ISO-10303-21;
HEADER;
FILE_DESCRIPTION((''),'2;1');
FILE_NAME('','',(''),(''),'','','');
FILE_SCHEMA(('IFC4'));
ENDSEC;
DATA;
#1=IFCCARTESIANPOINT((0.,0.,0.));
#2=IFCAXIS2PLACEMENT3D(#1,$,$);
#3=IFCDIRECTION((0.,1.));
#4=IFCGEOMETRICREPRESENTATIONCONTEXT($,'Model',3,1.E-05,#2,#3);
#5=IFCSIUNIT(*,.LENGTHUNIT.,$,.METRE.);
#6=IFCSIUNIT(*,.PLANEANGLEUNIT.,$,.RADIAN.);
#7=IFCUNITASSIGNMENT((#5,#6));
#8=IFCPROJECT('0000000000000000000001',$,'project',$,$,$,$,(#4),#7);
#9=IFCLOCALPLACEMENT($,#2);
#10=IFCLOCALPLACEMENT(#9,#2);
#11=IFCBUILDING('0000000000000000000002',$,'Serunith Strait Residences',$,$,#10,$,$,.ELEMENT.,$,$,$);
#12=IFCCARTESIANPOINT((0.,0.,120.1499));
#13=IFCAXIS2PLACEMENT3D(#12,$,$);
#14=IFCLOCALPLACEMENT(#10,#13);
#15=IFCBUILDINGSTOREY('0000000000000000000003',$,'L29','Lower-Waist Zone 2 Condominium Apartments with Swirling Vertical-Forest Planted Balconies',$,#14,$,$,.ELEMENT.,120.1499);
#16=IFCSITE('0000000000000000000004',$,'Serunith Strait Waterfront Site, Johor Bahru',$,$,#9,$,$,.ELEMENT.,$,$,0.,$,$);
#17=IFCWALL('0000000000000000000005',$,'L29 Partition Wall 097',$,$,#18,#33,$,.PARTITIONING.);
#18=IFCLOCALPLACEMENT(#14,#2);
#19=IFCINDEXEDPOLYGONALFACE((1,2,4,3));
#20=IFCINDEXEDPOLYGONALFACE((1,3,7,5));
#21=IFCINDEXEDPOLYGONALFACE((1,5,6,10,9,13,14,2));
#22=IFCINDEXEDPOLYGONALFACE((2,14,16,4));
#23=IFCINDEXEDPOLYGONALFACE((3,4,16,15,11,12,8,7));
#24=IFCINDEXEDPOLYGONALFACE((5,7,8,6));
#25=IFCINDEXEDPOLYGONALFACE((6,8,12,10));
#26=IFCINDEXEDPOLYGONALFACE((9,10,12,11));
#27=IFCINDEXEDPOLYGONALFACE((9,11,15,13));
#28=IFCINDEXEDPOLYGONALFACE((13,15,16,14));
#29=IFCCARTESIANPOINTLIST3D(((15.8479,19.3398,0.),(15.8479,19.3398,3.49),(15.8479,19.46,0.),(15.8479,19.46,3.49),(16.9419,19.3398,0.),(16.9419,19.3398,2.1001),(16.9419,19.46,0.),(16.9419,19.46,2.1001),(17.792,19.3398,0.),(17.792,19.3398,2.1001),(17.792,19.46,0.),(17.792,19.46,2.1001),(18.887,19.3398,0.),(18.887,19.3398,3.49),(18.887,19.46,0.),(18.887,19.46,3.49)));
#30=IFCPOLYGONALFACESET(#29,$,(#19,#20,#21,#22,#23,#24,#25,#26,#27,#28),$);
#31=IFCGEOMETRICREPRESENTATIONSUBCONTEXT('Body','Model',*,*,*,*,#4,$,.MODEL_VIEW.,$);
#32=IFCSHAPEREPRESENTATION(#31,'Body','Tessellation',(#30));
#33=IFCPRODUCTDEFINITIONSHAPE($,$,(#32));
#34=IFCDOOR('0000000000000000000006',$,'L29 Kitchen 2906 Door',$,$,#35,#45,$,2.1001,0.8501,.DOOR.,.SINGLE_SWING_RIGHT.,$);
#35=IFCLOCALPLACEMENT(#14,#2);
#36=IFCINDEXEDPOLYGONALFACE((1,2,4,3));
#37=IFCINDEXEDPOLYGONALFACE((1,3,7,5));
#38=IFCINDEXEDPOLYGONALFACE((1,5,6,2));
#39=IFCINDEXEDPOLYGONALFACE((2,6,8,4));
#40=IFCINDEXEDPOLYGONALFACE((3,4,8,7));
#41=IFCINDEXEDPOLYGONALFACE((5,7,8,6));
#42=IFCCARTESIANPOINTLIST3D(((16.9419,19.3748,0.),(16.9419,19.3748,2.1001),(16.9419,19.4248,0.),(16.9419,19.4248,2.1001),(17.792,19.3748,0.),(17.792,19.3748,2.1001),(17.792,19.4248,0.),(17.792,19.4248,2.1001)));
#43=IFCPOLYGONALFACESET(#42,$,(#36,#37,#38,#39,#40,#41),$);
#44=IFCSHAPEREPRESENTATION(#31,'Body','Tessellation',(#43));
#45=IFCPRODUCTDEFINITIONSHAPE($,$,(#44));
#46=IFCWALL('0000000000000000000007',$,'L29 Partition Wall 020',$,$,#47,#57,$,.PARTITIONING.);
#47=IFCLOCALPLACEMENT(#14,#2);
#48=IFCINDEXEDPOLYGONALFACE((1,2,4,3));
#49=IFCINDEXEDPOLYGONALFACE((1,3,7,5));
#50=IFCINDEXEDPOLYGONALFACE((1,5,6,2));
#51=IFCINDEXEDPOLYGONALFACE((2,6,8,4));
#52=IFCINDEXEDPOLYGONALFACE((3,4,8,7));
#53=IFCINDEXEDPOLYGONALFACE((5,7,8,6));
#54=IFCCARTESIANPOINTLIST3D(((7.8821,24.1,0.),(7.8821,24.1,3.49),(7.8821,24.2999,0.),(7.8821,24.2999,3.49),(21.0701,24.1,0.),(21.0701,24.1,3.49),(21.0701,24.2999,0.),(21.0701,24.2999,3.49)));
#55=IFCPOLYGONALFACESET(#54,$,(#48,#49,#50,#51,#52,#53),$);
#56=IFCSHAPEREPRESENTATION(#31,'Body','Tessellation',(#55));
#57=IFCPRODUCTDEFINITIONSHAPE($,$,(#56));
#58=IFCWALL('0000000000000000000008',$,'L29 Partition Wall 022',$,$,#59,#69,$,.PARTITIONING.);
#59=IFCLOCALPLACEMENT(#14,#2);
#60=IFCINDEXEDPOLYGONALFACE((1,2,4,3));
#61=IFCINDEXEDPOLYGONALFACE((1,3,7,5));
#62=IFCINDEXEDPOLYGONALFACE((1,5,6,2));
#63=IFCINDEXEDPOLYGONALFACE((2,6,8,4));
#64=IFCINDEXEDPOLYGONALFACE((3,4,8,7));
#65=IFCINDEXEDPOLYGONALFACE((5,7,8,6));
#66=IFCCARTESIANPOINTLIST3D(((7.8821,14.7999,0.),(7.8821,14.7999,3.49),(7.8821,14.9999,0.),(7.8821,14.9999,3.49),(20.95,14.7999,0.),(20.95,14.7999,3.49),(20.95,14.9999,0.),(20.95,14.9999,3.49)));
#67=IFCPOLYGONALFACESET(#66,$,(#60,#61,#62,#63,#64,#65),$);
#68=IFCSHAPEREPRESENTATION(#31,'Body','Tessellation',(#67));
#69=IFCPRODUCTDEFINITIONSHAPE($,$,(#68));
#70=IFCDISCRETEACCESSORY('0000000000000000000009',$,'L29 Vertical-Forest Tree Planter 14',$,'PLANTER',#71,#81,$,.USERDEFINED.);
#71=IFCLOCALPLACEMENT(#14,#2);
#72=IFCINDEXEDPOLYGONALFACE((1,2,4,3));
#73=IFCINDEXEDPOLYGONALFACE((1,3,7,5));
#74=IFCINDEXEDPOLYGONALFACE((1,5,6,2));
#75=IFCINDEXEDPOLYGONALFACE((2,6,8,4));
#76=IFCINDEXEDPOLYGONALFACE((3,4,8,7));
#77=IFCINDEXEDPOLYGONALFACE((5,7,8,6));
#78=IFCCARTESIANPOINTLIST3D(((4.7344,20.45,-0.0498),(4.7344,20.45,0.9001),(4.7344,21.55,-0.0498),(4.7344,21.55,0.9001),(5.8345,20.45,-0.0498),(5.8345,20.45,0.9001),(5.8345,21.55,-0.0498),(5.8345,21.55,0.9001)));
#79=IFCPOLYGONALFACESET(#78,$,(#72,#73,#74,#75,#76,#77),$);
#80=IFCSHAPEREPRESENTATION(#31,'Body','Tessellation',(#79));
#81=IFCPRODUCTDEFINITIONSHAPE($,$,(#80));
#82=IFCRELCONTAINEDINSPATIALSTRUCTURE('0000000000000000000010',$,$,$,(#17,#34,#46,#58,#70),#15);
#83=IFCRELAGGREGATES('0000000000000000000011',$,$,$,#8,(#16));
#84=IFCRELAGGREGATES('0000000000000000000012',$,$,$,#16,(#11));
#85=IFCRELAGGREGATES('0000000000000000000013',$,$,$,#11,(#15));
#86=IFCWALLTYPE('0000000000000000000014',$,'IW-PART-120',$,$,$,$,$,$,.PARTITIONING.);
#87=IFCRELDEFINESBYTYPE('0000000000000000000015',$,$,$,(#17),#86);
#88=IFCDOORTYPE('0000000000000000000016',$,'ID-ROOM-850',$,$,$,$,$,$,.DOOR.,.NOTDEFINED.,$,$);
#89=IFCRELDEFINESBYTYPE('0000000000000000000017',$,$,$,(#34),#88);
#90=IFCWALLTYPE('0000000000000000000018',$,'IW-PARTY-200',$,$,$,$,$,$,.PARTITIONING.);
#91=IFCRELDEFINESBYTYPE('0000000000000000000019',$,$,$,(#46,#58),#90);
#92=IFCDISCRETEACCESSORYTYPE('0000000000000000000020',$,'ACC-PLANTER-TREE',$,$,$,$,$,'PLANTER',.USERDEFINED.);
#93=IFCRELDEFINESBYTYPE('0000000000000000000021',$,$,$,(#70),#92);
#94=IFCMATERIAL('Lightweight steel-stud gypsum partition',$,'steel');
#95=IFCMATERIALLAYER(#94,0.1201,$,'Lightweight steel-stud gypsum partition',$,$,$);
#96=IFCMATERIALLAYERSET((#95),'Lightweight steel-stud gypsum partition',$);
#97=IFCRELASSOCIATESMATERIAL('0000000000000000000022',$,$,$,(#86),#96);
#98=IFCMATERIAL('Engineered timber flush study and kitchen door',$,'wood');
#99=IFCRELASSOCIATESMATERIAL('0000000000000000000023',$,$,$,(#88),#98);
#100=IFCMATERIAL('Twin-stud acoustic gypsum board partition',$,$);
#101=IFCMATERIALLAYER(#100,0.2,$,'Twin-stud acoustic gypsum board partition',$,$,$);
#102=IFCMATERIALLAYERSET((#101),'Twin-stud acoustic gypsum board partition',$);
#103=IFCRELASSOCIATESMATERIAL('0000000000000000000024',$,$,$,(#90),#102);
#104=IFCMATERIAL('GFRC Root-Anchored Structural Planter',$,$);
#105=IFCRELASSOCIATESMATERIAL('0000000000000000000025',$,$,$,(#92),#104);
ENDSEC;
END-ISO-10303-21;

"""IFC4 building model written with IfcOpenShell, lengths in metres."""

from ifc_helpers import new_model, si_unit, direction, frame, frame_2d, origin, origin_2d, place, context, subcontext, project, spatial, rectangle, extrude, source, transform, mapped, material, layer, layer_set, type_object, element, fill, save


model = new_model("IFC4")

# Units and contexts
model_context = context("Model", 3, precision=1e-05, world=origin(), true_north=direction((0.0, 1.0)))
body_context = subcontext(model_context, "Body", "Model", "MODEL_VIEW")
ifc_project = project(units=[si_unit("LENGTHUNIT", "METRE"), si_unit("PLANEANGLEUNIT", "RADIAN")], contexts=[model_context])

# Site, building, storey
site_placement = place(None, origin())
site = spatial("IfcSite", under=ifc_project, at=site_placement, Name="Serunith Strait Waterfront Site, Johor Bahru", CompositionType="ELEMENT", RefElevation=0.0)
building_placement = place(site_placement, origin())
building = spatial("IfcBuilding", under=site, at=building_placement, Name="Serunith Strait Residences", CompositionType="ELEMENT")
storey_placement = place(building_placement, frame((0.0, 0.0, 120.1499)))
storey = spatial("IfcBuildingStorey", under=building, at=storey_placement, Name="L29", Description="Lower-Waist Zone 2 Condominium Apartments with Swirling Vertical-Forest Planted Balconies", CompositionType="ELEMENT", Elevation=120.1499)

# Shared definitions
ifc_material_1 = material(Name="Lightweight steel-stud gypsum partition", Category="steel")
ifc_layer_1 = layer(ifc_material_1, 0.1201, Name="Lightweight steel-stud gypsum partition")
ifc_layer_set_1 = layer_set([ifc_layer_1], Name="Lightweight steel-stud gypsum partition")
wall_type_1 = type_object("IfcWallType", Name="IW-PART-120", PredefinedType="PARTITIONING", material=ifc_layer_set_1)
shared_shape_1 = source(origin(), body_context, "Body", "SweptSolid", [
    extrude(rectangle(XDim=0.8501, YDim=2.1001, at=frame_2d((0.425, 1.05))), frame((0.0, 0.0249, 0.0), z_axis=(0.0, -1.0, 0.0), x_axis=(1.0, 0.0, 0.0)), (0.0, 0.0, 1.0), 0.05),
])

# Shared definitions
ifc_material_2 = material(Name="Engineered timber flush study and kitchen door", Category="wood")
door_type_1 = type_object("IfcDoorType", Name="ID-ROOM-850", OperationType="NOTDEFINED", PredefinedType="DOOR", material=ifc_material_2)

# Wall, opening, door
wall_1_placement = place(storey_placement, frame((15.8479, 19.3999, 0.0), z_axis=(0.0, 0.0, 1.0), x_axis=(1.0, 0.0, 0.0)))
wall_1 = element("IfcWall", 1, at=wall_1_placement, inside=storey, type_object=wall_type_1, Name="L29 Partition Wall 097", PredefinedType="PARTITIONING", context=body_context, shape_type="SweptSolid", body=[
    extrude(rectangle(XDim=3.0391, YDim=0.1201, at=frame_2d((1.5195, 0.0))), origin(), (0.0, 0.0, 1.0), 3.49),
])
opening_1_placement = place(wall_1_placement, frame((1.094, 0.0, 0.0)))
opening_1 = element("IfcOpeningElement", 2, at=opening_1_placement, cuts=wall_1, PredefinedType="OPENING", context=body_context, shape_type="SweptSolid", body=[
    extrude(rectangle(XDim=0.8501, YDim=2.1001, at=frame_2d((0.425, 1.05))), frame((0.0, 0.0701, 0.0), z_axis=(0.0, -1.0, 0.0), x_axis=(1.0, 0.0, 0.0)), (0.0, 0.0, 1.0), 0.1401),
])
door_1_placement = place(opening_1_placement, origin())
door_1 = element("IfcDoor", 3, at=door_1_placement, inside=storey, type_object=door_type_1, Name="L29 Kitchen 2906 Door", OperationType="SINGLE_SWING_RIGHT", OverallHeight=2.1001, OverallWidth=0.8501, PredefinedType="DOOR", context=body_context, shape_type="MappedRepresentation", body=[
    mapped(shared_shape_1, transform((0.0, 0.0, 0.0), scale=1.0)),
])
fill(opening_1, door_1)

# Walls
ifc_material_3 = material(Name="Twin-stud acoustic gypsum board partition")
ifc_layer_2 = layer(ifc_material_3, 0.2, Name="Twin-stud acoustic gypsum board partition")
ifc_layer_set_2 = layer_set([ifc_layer_2], Name="Twin-stud acoustic gypsum board partition")
wall_type_2 = type_object("IfcWallType", Name="IW-PARTY-200", PredefinedType="PARTITIONING", material=ifc_layer_set_2)
wall_2_placement = place(storey_placement, frame((7.8821, 24.2, 0.0), z_axis=(0.0, 0.0, 1.0), x_axis=(1.0, 0.0, 0.0)))
element("IfcWall", 4, at=wall_2_placement, inside=storey, type_object=wall_type_2, Name="L29 Partition Wall 020", PredefinedType="PARTITIONING", context=body_context, shape_type="SweptSolid", body=[
    extrude(rectangle(XDim=13.188, YDim=0.2, at=frame_2d((6.594, 0.0))), origin(), (0.0, 0.0, 1.0), 3.49),
])
wall_3_placement = place(storey_placement, frame((7.8821, 14.8999, 0.0), z_axis=(0.0, 0.0, 1.0), x_axis=(1.0, 0.0, 0.0)))
element("IfcWall", 5, at=wall_3_placement, inside=storey, type_object=wall_type_2, Name="L29 Partition Wall 022", PredefinedType="PARTITIONING", context=body_context, shape_type="SweptSolid", body=[
    extrude(rectangle(XDim=13.0679, YDim=0.2, at=frame_2d((6.5339, 0.0))), origin(), (0.0, 0.0, 1.0), 3.49),
])

# Discrete accessory
ifc_material_4 = material(Name="GFRC Root-Anchored Structural Planter")
discrete_accessory_type = type_object("IfcDiscreteAccessoryType", Name="ACC-PLANTER-TREE", ElementType="PLANTER", PredefinedType="USERDEFINED", material=ifc_material_4)
shared_shape_2 = source(origin(), body_context, "Body", "SweptSolid", [
    extrude(rectangle(XDim=1.1001, YDim=1.1001, at=origin_2d()), origin(), (0.0, 0.0, 1.0), 0.95),
])
discrete_accessory_placement = place(storey_placement, frame((5.2844, 21.0, -0.0498), z_axis=(0.0, 0.0, 1.0), x_axis=(0.0, -1.0, 0.0)))
element("IfcDiscreteAccessory", 6, at=discrete_accessory_placement, inside=storey, type_object=discrete_accessory_type, Name="L29 Vertical-Forest Tree Planter 14", ObjectType="PLANTER", PredefinedType="USERDEFINED", context=body_context, shape_type="MappedRepresentation", body=[
    mapped(shared_shape_2, transform((0.0, 0.0, 0.0), scale=1.0)),
])

save(model, "model.ifc")
